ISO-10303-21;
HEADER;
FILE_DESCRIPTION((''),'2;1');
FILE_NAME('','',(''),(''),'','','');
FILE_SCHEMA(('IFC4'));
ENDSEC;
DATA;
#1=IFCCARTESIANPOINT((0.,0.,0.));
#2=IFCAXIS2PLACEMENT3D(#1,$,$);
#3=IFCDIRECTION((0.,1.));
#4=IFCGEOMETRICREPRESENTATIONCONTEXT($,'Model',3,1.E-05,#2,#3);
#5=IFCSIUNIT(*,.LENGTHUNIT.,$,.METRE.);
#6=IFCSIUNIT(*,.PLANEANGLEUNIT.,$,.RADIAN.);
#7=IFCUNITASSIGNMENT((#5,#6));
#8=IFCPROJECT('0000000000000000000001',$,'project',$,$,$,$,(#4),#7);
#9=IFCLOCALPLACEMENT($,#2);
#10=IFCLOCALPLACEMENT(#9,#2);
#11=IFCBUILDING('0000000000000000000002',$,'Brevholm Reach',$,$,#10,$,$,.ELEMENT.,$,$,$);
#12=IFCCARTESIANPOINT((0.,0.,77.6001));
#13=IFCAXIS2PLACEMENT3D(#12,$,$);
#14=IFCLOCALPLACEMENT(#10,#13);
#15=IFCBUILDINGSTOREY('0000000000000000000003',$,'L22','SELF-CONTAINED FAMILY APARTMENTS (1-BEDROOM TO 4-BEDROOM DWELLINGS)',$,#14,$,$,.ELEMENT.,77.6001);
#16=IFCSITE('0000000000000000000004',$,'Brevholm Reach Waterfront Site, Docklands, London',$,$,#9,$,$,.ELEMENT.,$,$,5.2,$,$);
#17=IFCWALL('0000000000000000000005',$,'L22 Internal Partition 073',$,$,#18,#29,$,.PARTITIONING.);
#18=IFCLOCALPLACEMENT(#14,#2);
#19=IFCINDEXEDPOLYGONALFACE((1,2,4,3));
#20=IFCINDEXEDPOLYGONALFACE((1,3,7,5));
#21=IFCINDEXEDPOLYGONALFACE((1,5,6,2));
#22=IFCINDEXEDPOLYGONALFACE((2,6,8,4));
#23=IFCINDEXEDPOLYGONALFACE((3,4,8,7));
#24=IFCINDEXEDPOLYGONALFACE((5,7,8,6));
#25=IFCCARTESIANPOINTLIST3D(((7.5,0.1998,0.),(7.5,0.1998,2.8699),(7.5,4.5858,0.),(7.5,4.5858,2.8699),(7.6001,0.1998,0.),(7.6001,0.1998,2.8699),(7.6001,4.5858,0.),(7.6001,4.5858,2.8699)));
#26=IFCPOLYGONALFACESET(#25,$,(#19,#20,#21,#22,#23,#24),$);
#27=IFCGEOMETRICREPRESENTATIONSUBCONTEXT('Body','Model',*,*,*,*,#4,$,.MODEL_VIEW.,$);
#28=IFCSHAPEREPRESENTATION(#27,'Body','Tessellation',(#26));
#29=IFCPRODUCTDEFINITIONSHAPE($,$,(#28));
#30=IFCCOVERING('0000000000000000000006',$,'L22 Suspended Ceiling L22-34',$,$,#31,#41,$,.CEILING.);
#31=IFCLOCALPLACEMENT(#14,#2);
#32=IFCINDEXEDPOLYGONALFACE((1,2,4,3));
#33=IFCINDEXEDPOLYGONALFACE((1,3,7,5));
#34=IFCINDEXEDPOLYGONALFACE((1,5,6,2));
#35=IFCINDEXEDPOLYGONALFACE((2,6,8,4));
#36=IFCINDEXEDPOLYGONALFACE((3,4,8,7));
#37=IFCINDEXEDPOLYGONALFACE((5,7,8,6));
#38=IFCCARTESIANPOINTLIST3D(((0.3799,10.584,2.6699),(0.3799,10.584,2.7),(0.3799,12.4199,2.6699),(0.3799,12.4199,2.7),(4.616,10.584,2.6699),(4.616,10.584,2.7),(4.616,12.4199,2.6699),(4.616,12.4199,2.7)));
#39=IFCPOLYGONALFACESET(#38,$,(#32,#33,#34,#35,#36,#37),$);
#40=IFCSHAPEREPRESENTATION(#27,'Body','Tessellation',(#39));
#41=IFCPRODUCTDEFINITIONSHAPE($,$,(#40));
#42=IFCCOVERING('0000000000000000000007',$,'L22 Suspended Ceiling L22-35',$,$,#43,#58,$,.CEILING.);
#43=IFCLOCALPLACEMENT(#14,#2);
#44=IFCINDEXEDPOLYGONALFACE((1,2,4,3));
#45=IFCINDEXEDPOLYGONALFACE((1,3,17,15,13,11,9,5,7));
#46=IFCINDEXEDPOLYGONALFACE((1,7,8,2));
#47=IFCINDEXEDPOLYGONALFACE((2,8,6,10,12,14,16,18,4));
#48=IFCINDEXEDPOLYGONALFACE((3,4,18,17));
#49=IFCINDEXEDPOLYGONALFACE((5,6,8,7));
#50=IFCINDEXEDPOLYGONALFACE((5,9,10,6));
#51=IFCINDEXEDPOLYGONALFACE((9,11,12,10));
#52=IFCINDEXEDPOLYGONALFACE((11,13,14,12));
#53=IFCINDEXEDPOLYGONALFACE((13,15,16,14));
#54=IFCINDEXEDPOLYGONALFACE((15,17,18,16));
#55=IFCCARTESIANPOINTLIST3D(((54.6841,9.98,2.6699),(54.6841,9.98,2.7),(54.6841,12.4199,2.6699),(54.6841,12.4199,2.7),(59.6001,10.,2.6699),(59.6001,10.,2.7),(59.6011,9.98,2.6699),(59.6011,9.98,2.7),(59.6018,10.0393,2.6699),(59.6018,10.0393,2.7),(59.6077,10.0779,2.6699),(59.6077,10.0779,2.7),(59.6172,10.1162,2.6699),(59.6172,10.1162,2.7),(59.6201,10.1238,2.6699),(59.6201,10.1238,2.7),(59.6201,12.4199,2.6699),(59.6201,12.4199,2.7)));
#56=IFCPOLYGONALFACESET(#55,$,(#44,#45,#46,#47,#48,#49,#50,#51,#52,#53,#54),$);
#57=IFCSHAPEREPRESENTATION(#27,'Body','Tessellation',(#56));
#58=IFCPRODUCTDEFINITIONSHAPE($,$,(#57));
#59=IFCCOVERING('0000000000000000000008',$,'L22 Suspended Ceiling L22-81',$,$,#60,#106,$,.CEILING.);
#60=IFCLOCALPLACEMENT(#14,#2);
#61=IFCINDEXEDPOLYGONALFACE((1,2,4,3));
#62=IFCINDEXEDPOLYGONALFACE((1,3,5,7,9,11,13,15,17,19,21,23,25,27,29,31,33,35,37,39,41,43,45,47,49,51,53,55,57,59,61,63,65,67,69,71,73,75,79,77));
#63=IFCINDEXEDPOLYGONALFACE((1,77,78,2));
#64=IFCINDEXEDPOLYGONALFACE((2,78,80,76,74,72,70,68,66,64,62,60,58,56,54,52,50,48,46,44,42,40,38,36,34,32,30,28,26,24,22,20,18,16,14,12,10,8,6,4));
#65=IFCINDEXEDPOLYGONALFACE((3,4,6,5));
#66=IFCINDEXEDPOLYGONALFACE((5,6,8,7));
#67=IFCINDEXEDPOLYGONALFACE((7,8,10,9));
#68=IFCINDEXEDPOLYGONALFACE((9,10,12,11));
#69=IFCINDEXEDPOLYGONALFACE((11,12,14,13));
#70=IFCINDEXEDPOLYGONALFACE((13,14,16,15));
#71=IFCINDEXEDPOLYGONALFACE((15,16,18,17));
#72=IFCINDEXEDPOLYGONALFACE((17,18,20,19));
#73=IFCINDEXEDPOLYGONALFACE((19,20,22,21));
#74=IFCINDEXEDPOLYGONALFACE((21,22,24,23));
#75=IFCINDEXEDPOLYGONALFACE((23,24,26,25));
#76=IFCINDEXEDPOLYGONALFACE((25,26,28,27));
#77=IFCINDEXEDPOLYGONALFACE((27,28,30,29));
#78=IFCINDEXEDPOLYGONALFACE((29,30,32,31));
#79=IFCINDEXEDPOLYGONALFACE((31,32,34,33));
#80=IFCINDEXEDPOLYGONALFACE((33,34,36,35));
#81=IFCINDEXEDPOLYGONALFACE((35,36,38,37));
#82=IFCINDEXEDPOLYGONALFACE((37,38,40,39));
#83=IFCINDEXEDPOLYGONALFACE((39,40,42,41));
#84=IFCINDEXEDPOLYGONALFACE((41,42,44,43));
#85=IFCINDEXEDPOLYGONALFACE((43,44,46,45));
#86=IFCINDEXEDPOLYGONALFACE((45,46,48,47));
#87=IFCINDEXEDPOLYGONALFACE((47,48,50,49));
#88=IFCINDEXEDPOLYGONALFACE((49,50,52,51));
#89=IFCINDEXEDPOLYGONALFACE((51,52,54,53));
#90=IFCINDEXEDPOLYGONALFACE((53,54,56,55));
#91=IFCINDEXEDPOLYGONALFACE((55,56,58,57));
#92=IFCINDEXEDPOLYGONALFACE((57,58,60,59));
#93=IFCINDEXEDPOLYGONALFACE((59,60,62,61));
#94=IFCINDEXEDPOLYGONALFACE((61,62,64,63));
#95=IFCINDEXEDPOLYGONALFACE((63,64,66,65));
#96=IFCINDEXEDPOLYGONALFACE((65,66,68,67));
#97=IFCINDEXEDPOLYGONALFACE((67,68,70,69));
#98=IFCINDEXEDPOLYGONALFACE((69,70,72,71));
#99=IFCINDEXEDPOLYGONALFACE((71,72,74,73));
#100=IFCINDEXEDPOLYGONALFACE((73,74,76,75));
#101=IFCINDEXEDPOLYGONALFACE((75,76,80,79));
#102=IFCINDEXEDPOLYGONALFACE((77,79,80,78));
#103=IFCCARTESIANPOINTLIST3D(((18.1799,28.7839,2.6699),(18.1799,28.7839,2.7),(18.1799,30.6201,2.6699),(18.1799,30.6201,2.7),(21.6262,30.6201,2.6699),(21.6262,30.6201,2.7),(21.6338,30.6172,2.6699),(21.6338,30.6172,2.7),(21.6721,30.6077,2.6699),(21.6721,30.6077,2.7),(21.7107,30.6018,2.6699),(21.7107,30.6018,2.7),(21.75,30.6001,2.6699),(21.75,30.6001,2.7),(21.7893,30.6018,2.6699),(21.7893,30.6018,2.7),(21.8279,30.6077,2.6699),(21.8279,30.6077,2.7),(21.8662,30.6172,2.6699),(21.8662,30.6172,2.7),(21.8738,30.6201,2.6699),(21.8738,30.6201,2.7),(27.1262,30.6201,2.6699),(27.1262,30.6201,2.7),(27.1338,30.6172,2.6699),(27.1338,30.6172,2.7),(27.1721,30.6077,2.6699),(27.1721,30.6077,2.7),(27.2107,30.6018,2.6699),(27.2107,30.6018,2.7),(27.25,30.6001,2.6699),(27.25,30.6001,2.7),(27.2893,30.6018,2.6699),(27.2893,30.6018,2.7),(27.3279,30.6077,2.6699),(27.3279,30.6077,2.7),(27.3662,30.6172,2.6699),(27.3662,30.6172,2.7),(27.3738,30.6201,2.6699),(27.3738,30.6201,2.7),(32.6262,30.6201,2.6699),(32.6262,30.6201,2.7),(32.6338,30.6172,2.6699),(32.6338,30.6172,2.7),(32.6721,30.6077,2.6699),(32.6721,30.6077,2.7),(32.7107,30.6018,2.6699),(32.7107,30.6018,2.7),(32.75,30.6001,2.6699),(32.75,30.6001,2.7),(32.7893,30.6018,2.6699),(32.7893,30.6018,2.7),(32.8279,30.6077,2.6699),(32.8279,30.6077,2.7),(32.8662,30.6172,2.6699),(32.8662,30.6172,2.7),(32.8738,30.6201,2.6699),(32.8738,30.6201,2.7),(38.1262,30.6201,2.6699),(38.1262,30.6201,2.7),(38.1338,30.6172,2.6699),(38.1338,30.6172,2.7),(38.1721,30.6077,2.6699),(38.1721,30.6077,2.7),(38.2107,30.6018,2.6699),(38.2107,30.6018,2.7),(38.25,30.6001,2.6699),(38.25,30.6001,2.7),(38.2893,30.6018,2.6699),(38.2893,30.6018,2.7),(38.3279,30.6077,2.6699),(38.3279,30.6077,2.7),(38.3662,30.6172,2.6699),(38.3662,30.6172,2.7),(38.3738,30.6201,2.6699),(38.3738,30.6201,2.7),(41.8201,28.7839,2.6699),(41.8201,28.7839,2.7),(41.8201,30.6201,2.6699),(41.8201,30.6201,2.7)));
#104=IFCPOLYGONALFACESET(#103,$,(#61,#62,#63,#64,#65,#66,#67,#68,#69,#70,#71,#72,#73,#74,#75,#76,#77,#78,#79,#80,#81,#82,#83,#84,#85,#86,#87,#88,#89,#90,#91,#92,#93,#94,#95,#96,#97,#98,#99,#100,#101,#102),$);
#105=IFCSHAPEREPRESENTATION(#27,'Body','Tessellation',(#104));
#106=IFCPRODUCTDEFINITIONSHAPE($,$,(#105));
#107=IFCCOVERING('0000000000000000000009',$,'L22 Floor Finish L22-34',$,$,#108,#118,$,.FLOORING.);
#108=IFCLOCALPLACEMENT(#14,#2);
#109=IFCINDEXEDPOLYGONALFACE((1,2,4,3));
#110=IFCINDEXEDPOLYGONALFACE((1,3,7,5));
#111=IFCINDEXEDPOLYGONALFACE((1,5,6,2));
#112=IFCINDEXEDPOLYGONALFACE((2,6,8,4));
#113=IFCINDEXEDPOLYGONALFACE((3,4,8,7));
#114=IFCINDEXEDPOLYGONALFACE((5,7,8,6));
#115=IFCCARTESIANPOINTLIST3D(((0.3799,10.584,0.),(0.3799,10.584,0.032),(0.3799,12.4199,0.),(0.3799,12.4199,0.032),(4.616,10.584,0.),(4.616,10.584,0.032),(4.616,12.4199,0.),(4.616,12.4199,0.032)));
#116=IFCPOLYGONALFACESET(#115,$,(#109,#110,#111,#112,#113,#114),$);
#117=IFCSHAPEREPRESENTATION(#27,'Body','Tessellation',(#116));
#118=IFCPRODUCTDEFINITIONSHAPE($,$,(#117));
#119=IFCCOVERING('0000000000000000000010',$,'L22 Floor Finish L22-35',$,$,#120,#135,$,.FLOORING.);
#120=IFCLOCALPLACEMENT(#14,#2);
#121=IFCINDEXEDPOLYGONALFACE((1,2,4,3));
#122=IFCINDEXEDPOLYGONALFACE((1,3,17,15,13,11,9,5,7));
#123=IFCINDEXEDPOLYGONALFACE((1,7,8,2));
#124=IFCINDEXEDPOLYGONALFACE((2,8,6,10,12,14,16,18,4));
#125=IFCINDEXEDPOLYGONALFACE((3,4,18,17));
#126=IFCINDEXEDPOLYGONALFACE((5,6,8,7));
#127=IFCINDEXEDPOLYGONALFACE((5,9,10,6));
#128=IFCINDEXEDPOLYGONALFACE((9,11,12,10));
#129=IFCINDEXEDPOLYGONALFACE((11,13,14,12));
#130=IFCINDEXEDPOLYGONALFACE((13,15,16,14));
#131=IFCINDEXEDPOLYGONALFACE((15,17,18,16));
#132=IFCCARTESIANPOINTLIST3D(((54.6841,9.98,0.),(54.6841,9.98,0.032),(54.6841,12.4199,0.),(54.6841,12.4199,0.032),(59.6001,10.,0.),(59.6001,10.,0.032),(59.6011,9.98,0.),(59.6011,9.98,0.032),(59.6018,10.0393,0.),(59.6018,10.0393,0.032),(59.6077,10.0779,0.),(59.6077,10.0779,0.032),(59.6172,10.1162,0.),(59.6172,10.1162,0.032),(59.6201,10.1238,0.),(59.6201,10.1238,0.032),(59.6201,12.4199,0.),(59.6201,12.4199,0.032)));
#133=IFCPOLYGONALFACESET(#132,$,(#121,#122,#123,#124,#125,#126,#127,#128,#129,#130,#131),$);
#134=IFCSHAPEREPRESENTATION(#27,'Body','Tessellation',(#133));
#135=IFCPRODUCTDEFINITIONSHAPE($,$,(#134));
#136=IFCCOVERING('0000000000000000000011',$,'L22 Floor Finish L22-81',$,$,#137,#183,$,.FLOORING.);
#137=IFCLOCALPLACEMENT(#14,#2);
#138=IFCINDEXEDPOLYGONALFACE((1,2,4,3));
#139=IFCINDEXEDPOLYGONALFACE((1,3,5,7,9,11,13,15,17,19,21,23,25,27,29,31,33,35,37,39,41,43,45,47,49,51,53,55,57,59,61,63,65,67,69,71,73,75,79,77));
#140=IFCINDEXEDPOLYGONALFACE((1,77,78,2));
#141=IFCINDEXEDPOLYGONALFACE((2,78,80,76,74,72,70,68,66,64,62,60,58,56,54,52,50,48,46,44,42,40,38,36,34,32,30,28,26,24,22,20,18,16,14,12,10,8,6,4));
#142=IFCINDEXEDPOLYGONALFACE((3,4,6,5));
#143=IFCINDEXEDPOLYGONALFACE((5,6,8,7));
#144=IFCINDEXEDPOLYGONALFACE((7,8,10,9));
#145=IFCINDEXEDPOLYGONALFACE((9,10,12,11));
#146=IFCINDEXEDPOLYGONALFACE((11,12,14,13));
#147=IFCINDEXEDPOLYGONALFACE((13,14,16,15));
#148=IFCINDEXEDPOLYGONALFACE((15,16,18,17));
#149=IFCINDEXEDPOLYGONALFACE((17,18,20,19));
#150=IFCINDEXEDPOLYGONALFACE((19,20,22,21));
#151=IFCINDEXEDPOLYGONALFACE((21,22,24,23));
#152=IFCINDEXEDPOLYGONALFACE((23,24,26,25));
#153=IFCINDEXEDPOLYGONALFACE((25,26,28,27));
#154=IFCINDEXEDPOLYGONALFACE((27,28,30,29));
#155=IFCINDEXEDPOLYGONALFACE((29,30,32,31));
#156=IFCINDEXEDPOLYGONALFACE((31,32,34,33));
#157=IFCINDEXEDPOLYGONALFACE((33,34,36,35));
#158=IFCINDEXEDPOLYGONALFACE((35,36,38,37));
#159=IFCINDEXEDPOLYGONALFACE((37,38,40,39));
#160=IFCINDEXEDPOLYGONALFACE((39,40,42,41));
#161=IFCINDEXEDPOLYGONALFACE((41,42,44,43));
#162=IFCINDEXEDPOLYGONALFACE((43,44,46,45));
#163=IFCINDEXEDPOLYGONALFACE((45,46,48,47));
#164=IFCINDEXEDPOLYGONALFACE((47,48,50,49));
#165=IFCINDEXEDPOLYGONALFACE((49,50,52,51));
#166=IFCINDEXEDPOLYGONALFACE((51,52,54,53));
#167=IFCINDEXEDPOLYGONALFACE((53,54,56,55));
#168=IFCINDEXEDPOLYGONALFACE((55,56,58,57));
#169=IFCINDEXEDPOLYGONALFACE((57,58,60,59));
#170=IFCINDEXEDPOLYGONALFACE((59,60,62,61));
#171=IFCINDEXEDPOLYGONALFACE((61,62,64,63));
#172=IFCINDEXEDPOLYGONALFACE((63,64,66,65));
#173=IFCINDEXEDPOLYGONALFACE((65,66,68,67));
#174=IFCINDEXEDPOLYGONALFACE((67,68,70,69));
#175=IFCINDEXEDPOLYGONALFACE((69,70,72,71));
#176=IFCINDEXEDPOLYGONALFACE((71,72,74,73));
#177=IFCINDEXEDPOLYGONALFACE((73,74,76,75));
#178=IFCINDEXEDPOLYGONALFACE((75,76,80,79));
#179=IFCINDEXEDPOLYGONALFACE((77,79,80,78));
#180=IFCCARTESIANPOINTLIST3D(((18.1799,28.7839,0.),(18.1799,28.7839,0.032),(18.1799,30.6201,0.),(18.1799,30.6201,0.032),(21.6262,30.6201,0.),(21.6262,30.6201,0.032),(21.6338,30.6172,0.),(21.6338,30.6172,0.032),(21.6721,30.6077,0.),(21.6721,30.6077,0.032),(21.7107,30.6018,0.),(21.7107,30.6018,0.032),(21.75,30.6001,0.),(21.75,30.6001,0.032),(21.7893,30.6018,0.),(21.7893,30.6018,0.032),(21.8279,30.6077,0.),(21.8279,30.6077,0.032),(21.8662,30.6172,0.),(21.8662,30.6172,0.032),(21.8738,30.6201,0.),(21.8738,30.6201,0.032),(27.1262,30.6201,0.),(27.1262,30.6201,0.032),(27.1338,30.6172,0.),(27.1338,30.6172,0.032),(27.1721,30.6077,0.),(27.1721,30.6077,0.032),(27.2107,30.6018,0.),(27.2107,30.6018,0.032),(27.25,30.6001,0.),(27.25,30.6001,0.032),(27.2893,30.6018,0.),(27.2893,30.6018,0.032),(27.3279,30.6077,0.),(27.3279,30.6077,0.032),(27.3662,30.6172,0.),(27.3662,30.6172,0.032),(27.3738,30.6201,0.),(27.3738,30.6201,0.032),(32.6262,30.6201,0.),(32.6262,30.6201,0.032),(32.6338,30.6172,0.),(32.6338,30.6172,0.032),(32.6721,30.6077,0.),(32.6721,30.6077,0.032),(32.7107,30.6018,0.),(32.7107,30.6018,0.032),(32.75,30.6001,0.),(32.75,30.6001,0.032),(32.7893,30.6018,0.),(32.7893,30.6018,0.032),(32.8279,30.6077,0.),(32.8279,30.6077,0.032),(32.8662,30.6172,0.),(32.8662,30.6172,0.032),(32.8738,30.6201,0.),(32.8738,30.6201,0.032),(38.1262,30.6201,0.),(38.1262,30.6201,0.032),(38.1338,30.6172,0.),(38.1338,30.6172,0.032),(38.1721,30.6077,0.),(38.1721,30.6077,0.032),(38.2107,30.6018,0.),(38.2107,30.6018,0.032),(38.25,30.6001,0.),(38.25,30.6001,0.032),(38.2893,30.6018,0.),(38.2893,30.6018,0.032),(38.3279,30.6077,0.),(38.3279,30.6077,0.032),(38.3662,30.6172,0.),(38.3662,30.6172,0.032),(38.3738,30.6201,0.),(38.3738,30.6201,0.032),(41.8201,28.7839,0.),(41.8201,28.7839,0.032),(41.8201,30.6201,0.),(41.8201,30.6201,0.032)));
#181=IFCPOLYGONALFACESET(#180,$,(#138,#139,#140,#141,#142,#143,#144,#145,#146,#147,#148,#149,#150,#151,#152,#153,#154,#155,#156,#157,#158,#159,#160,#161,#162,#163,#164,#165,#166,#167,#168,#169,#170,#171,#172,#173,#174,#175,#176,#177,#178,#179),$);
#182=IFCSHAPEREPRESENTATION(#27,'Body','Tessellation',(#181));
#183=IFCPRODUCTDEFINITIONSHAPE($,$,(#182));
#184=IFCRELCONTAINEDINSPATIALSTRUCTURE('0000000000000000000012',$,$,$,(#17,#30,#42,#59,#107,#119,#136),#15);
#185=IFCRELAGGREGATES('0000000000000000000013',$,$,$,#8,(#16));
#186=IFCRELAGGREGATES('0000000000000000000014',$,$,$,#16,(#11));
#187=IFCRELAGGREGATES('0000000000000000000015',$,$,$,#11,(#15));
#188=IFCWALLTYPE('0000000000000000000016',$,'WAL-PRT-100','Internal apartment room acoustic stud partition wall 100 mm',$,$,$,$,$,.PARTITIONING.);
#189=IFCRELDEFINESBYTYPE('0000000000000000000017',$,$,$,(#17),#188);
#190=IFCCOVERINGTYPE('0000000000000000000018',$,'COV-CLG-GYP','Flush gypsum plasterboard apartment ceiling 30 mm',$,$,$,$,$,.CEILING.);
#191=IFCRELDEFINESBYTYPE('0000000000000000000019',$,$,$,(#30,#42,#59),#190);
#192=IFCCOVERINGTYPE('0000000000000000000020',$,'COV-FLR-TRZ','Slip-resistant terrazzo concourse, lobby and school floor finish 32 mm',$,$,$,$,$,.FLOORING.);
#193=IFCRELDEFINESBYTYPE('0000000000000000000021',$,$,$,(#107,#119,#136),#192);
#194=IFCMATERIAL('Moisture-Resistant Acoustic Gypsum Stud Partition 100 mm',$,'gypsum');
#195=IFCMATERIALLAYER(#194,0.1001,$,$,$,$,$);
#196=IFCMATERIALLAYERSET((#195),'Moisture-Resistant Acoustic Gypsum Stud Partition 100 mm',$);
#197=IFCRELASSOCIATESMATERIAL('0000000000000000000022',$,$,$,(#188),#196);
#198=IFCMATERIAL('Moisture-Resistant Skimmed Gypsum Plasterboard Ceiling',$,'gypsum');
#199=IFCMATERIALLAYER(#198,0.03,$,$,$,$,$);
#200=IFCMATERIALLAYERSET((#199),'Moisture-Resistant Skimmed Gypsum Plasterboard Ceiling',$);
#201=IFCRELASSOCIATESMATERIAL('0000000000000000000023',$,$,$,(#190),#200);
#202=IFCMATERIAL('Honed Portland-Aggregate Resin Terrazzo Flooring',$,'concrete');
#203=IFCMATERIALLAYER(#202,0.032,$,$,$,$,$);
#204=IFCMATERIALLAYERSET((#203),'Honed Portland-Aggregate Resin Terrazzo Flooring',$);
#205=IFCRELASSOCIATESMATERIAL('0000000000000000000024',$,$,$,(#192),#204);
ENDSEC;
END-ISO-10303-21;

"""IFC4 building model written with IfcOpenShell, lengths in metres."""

from ifc_helpers import new_model, si_unit, direction, frame, frame_2d, origin, place, context, subcontext, project, spatial, polyline, rectangle, outline, extrude, material, layer, layer_set, type_object, element, save


model = new_model("IFC4")

# Units and contexts
model_context = context("Model", 3, precision=1e-05, world=origin(), true_north=direction((0.0, 1.0)))
body_context = subcontext(model_context, "Body", "Model", "MODEL_VIEW")
ifc_project = project(units=[si_unit("LENGTHUNIT", "METRE"), si_unit("PLANEANGLEUNIT", "RADIAN")], contexts=[model_context])

# Site, building, storey
site_placement = place(None, origin())
site = spatial("IfcSite", under=ifc_project, at=site_placement, Name="Brevholm Reach Waterfront Site, Docklands, London", CompositionType="ELEMENT", RefElevation=5.2)
building_placement = place(site_placement, origin())
building = spatial("IfcBuilding", under=site, at=building_placement, Name="Brevholm Reach", CompositionType="ELEMENT")
storey_placement = place(building_placement, frame((0.0, 0.0, 77.6001)))
storey = spatial("IfcBuildingStorey", under=building, at=storey_placement, Name="L22", Description="SELF-CONTAINED FAMILY APARTMENTS (1-BEDROOM TO 4-BEDROOM DWELLINGS)", CompositionType="ELEMENT", Elevation=77.6001)

# Wall
ifc_material_1 = material(Name="Moisture-Resistant Acoustic Gypsum Stud Partition 100 mm", Category="gypsum")
ifc_layer_1 = layer(ifc_material_1, 0.1001)
ifc_layer_set_1 = layer_set([ifc_layer_1], Name="Moisture-Resistant Acoustic Gypsum Stud Partition 100 mm")
wall_type_1 = type_object("IfcWallType", Name="WAL-PRT-100", Description="Internal apartment room acoustic stud partition wall 100 mm", PredefinedType="PARTITIONING", material=ifc_layer_set_1)
for number, where, z_axis, x_axis, name in (
    (1, (7.55, 0.2, 0.0), (0.0, 0.0, 1.0), (0.0, 1.0, 0.0), "L22 Internal Partition 073"),
):
    element("IfcWall", number, at=place(storey_placement, frame(where, z_axis=z_axis, x_axis=x_axis)), inside=storey, type_object=wall_type_1, Name=name, PredefinedType="PARTITIONING", context=body_context, shape_type="SweptSolid", body=[
        extrude(rectangle(XDim=4.386, YDim=0.1001, at=frame_2d((2.1929, 0.0))), origin(), (0.0, 0.0, 1.0), 2.8699),
    ])

# Coverings
ifc_material_2 = material(Name="Moisture-Resistant Skimmed Gypsum Plasterboard Ceiling", Category="gypsum")
ifc_layer_2 = layer(ifc_material_2, 0.03)
ifc_layer_set_2 = layer_set([ifc_layer_2], Name="Moisture-Resistant Skimmed Gypsum Plasterboard Ceiling")
covering_type_1 = type_object("IfcCoveringType", Name="COV-CLG-GYP", Description="Flush gypsum plasterboard apartment ceiling 30 mm", PredefinedType="CEILING", material=ifc_layer_set_2)
covering_1_placement = place(storey_placement, frame((0.0, 0.0, 2.6699)))
element("IfcCovering", 2, at=covering_1_placement, inside=storey, type_object=covering_type_1, Name="L22 Suspended Ceiling L22-34", PredefinedType="CEILING", context=body_context, shape_type="SweptSolid", body=[
    extrude(outline(polyline([(0.3799, 12.4199), (4.616, 12.4199), (4.616, 10.584), (0.3799, 10.584), (0.3799, 12.4199)])), origin(), (0.0, 0.0, 1.0), 0.03),
])
covering_2_placement = place(storey_placement, frame((0.0, 0.0, 2.6699)))
element("IfcCovering", 3, at=covering_2_placement, inside=storey, type_object=covering_type_1, Name="L22 Suspended Ceiling L22-35", PredefinedType="CEILING", context=body_context, shape_type="SweptSolid", body=[
    extrude(outline(polyline([(59.6201, 12.4199), (59.6201, 10.1238), (59.6172, 10.1162), (59.6077, 10.0779), (59.6018, 10.0393), (59.6001, 10.0), (59.6011, 9.98), (54.6841, 9.98), (54.6841, 12.4199), (59.6201, 12.4199)])), origin(), (0.0, 0.0, 1.0), 0.03),
])
covering_3_placement = place(storey_placement, frame((0.0, 0.0, 2.6699)))
element("IfcCovering", 4, at=covering_3_placement, inside=storey, type_object=covering_type_1, Name="L22 Suspended Ceiling L22-81", PredefinedType="CEILING", context=body_context, shape_type="SweptSolid", body=[
    extrude(outline(polyline([(18.1799, 30.6201), (21.6262, 30.6201), (21.6338, 30.6172), (21.6721, 30.6077), (21.7107, 30.6018), (21.75, 30.6001), (21.7893, 30.6018), (21.8279, 30.6077), (21.8662, 30.6172), (21.8738, 30.6201), (27.1262, 30.6201), (27.1338, 30.6172), (27.1721, 30.6077), (27.2107, 30.6018), (27.25, 30.6001), (27.2893, 30.6018), (27.3279, 30.6077), (27.3662, 30.6172), (27.3738, 30.6201), (32.6262, 30.6201), (32.6338, 30.6172), (32.6721, 30.6077), (32.7107, 30.6018), (32.75, 30.6001), (32.7893, 30.6018), (32.8279, 30.6077), (32.8662, 30.6172), (32.8738, 30.6201), (38.1262, 30.6201), (38.1338, 30.6172), (38.1721, 30.6077), (38.2107, 30.6018), (38.25, 30.6001), (38.2893, 30.6018), (38.3279, 30.6077), (38.3662, 30.6172), (38.3738, 30.6201), (41.8201, 30.6201), (41.8201, 28.7839), (18.1799, 28.7839), (18.1799, 30.6201)])), origin(), (0.0, 0.0, 1.0), 0.03),
])
ifc_material_3 = material(Name="Honed Portland-Aggregate Resin Terrazzo Flooring", Category="concrete")
ifc_layer_3 = layer(ifc_material_3, 0.032)
ifc_layer_set_3 = layer_set([ifc_layer_3], Name="Honed Portland-Aggregate Resin Terrazzo Flooring")
covering_type_2 = type_object("IfcCoveringType", Name="COV-FLR-TRZ", Description="Slip-resistant terrazzo concourse, lobby and school floor finish 32 mm", PredefinedType="FLOORING", material=ifc_layer_set_3)
covering_4_placement = place(storey_placement, origin())
element("IfcCovering", 5, at=covering_4_placement, inside=storey, type_object=covering_type_2, Name="L22 Floor Finish L22-34", PredefinedType="FLOORING", context=body_context, shape_type="SweptSolid", body=[
    extrude(outline(polyline([(0.3799, 12.4199), (4.616, 12.4199), (4.616, 10.584), (0.3799, 10.584), (0.3799, 12.4199)])), origin(), (0.0, 0.0, 1.0), 0.032),
])
covering_5_placement = place(storey_placement, origin())
element("IfcCovering", 6, at=covering_5_placement, inside=storey, type_object=covering_type_2, Name="L22 Floor Finish L22-35", PredefinedType="FLOORING", context=body_context, shape_type="SweptSolid", body=[
    extrude(outline(polyline([(59.6201, 12.4199), (59.6201, 10.1238), (59.6172, 10.1162), (59.6077, 10.0779), (59.6018, 10.0393), (59.6001, 10.0), (59.6011, 9.98), (54.6841, 9.98), (54.6841, 12.4199), (59.6201, 12.4199)])), origin(), (0.0, 0.0, 1.0), 0.032),
])
covering_6_placement = place(storey_placement, origin())
element("IfcCovering", 7, at=covering_6_placement, inside=storey, type_object=covering_type_2, Name="L22 Floor Finish L22-81", PredefinedType="FLOORING", context=body_context, shape_type="SweptSolid", body=[
    extrude(outline(polyline([(18.1799, 30.6201), (21.6262, 30.6201), (21.6338, 30.6172), (21.6721, 30.6077), (21.7107, 30.6018), (21.75, 30.6001), (21.7893, 30.6018), (21.8279, 30.6077), (21.8662, 30.6172), (21.8738, 30.6201), (27.1262, 30.6201), (27.1338, 30.6172), (27.1721, 30.6077), (27.2107, 30.6018), (27.25, 30.6001), (27.2893, 30.6018), (27.3279, 30.6077), (27.3662, 30.6172), (27.3738, 30.6201), (32.6262, 30.6201), (32.6338, 30.6172), (32.6721, 30.6077), (32.7107, 30.6018), (32.75, 30.6001), (32.7893, 30.6018), (32.8279, 30.6077), (32.8662, 30.6172), (32.8738, 30.6201), (38.1262, 30.6201), (38.1338, 30.6172), (38.1721, 30.6077), (38.2107, 30.6018), (38.25, 30.6001), (38.2893, 30.6018), (38.3279, 30.6077), (38.3662, 30.6172), (38.3738, 30.6201), (41.8201, 30.6201), (41.8201, 28.7839), (18.1799, 28.7839), (18.1799, 30.6201)])), origin(), (0.0, 0.0, 1.0), 0.032),
])

save(model, "model.ifc")
